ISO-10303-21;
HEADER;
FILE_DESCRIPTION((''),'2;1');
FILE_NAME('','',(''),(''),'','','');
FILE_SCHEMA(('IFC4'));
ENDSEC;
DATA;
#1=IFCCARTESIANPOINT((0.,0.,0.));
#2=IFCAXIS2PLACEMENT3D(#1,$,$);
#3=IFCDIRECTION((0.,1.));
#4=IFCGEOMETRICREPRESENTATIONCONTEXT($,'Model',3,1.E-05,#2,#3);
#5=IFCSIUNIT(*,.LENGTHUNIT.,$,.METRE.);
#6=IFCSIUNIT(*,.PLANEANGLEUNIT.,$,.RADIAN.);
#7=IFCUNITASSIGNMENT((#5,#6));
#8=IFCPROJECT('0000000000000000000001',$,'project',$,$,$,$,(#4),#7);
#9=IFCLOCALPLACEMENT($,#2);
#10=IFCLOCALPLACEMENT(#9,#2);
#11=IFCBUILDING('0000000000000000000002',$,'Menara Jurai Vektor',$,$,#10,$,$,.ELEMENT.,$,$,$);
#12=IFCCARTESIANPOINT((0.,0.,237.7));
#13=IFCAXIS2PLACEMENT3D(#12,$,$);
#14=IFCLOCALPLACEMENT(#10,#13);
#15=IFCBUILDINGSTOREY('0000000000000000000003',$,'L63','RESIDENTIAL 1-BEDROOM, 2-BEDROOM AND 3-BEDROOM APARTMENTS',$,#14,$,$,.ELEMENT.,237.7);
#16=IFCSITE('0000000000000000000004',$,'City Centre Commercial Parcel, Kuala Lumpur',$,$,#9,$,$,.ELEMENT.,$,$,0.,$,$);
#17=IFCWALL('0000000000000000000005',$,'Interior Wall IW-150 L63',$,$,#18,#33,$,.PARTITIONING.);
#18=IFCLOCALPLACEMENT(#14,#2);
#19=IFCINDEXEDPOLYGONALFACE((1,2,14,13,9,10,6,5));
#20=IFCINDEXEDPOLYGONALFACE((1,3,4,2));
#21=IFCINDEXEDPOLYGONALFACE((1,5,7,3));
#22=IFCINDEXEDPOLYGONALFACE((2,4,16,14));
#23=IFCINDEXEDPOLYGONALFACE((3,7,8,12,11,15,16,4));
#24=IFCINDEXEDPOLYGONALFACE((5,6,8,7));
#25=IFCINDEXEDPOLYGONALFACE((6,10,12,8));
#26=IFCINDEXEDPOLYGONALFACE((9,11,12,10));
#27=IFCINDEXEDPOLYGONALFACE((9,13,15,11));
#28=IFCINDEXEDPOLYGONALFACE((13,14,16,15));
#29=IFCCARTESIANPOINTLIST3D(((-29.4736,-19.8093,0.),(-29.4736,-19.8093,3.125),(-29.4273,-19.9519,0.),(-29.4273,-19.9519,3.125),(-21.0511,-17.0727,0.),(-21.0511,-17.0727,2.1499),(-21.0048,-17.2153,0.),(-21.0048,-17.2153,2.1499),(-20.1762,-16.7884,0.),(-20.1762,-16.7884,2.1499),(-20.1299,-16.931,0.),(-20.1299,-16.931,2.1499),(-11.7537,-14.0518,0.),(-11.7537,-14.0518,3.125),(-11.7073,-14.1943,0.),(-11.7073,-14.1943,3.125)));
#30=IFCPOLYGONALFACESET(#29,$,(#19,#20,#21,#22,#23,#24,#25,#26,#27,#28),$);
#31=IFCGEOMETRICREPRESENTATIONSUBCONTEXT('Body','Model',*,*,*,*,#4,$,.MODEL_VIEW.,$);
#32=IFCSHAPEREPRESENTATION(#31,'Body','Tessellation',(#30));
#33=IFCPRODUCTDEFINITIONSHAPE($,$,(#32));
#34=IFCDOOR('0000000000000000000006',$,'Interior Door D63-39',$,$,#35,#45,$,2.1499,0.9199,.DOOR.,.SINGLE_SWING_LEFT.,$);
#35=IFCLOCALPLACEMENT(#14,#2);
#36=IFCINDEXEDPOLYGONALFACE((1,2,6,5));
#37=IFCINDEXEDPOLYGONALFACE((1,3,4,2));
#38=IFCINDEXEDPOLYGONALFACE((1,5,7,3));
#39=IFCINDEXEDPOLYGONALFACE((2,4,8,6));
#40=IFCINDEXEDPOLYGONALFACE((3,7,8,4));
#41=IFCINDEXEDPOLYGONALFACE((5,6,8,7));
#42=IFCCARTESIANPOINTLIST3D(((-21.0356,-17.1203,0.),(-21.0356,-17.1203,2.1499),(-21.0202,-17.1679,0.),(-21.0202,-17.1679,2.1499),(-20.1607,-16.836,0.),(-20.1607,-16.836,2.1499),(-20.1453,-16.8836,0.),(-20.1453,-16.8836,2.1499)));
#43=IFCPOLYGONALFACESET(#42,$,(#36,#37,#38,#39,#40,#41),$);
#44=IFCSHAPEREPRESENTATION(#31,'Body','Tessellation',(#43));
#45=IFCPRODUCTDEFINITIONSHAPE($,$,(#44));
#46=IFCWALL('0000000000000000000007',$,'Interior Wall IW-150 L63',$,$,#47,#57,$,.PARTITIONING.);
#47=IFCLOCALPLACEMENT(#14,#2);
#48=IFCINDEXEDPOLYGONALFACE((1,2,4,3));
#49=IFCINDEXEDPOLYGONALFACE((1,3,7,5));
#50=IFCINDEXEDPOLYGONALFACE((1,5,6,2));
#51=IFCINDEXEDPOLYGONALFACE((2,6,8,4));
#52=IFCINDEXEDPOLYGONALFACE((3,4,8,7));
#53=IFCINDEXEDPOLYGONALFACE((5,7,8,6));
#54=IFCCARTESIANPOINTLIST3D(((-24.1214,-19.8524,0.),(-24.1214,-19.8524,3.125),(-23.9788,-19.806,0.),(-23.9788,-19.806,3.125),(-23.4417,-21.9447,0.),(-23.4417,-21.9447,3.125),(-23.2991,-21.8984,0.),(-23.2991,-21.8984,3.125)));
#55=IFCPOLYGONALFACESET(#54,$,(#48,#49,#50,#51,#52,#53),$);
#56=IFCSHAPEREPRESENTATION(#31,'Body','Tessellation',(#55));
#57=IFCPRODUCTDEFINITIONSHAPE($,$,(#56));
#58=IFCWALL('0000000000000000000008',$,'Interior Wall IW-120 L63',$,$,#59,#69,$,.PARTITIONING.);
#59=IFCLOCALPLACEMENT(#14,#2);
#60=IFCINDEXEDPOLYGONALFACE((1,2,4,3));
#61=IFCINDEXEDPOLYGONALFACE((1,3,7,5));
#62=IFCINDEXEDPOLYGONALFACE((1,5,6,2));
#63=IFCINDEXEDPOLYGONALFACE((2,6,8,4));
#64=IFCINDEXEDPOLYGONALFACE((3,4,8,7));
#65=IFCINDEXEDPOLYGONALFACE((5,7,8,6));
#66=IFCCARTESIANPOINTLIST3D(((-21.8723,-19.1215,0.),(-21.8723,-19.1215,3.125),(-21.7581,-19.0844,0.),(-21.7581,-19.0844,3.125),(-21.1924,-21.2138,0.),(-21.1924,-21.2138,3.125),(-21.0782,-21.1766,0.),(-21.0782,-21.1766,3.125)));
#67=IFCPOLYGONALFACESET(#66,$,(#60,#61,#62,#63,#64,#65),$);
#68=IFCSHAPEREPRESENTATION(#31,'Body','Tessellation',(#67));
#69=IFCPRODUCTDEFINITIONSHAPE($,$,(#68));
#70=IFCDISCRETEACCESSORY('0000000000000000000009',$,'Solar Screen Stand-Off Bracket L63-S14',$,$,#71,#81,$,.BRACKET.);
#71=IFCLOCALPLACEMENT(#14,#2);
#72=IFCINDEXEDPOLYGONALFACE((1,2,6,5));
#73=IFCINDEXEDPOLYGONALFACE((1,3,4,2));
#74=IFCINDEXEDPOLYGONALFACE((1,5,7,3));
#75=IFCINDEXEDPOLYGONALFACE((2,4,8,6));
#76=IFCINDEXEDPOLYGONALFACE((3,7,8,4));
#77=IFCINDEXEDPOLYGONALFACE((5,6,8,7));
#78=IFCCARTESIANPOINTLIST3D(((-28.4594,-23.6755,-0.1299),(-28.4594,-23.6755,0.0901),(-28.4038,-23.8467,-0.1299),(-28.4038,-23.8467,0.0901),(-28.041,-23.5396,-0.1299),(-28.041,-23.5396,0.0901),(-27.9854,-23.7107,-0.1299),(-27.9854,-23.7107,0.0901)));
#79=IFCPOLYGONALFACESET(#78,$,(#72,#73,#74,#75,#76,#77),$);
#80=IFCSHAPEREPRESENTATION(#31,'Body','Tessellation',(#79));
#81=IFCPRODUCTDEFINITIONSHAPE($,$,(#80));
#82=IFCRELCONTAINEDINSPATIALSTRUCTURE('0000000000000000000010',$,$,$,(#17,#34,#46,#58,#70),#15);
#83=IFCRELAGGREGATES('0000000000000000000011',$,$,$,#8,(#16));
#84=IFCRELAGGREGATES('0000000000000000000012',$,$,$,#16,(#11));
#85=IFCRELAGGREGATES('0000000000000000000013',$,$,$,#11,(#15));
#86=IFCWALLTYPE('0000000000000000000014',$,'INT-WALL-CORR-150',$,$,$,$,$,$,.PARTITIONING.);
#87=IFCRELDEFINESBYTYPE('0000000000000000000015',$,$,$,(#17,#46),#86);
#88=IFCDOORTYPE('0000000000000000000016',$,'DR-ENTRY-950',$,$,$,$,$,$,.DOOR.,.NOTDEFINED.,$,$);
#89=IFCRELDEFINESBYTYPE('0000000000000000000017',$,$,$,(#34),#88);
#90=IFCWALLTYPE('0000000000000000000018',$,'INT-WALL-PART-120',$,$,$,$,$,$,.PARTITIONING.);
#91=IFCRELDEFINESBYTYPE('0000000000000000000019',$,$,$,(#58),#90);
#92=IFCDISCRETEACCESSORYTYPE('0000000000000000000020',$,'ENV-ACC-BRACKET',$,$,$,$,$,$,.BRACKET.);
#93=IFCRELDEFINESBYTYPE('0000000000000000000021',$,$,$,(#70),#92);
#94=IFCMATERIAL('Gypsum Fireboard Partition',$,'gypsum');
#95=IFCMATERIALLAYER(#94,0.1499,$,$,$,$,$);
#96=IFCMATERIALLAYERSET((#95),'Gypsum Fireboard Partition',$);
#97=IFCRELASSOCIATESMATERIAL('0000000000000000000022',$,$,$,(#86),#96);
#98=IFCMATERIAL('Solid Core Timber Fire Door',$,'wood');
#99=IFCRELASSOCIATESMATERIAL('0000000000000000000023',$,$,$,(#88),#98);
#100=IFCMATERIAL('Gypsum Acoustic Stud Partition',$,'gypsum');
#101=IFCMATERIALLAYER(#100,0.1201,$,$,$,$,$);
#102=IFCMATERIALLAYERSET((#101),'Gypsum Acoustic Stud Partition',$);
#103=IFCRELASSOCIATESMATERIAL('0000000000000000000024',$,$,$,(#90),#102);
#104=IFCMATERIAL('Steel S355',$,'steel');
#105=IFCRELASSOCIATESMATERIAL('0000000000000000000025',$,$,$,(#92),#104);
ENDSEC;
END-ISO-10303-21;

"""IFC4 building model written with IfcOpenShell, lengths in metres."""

from ifc_helpers import new_model, si_unit, direction, frame, frame_2d, origin, origin_2d, place, context, subcontext, project, spatial, rectangle, extrude, material, layer, layer_set, type_object, element, fill, save


model = new_model("IFC4")

# Units and contexts
model_context = context("Model", 3, precision=1e-05, world=origin(), true_north=direction((0.0, 1.0)))
body_context = subcontext(model_context, "Body", "Model", "MODEL_VIEW")
ifc_project = project(units=[si_unit("LENGTHUNIT", "METRE"), si_unit("PLANEANGLEUNIT", "RADIAN")], contexts=[model_context])

# Site, building, storey
site_placement = place(None, origin())
site = spatial("IfcSite", under=ifc_project, at=site_placement, Name="City Centre Commercial Parcel, Kuala Lumpur", CompositionType="ELEMENT", RefElevation=0.0)
building_placement = place(site_placement, origin())
building = spatial("IfcBuilding", under=site, at=building_placement, Name="Menara Jurai Vektor", CompositionType="ELEMENT")
storey_placement = place(building_placement, frame((0.0, 0.0, 237.7)))
storey = spatial("IfcBuildingStorey", under=building, at=storey_placement, Name="L63", Description="RESIDENTIAL 1-BEDROOM, 2-BEDROOM AND 3-BEDROOM APARTMENTS", CompositionType="ELEMENT", Elevation=237.7)

# Shared definitions
ifc_material_1 = material(Name="Steel S355", Category="steel")

# Shared definitions
ifc_material_2 = material(Name="Gypsum Fireboard Partition", Category="gypsum")
ifc_layer_1 = layer(ifc_material_2, 0.1499)
ifc_layer_set_1 = layer_set([ifc_layer_1], Name="Gypsum Fireboard Partition")
wall_type_1 = type_object("IfcWallType", Name="INT-WALL-CORR-150", PredefinedType="PARTITIONING", material=ifc_layer_set_1)

# Wall, opening, door
wall_1_placement = place(storey_placement, frame((-29.4504, -19.8806, 0.0), z_axis=(0.0, 0.0, 1.0), x_axis=(0.951057, 0.309017, 0.0)))
wall_1 = element("IfcWall", 1, at=wall_1_placement, inside=storey, type_object=wall_type_1, Name="Interior Wall IW-150 L63", PredefinedType="PARTITIONING", context=body_context, shape_type="SweptSolid", body=[
    extrude(rectangle(XDim=18.6318, YDim=0.1499, at=frame_2d((9.3159, 0.0))), origin(), (0.0, 0.0, 1.0), 3.125),
])
opening_1_placement = place(wall_1_placement, frame((8.856, 0.0, 0.0)))
opening_1 = element("IfcOpeningElement", 2, at=opening_1_placement, cuts=wall_1, PredefinedType="OPENING", context=body_context, shape_type="SweptSolid", body=[
    extrude(rectangle(XDim=0.9199, YDim=2.1499, at=frame_2d((0.46, 1.075))), frame((0.0, 0.085, 0.0), z_axis=(0.0, -1.0, 0.0), x_axis=(1.0, 0.0, 0.0)), (0.0, 0.0, 1.0), 0.1699),
])
ifc_material_3 = material(Name="Solid Core Timber Fire Door", Category="wood")
door_type_1 = type_object("IfcDoorType", Name="DR-ENTRY-950", OperationType="NOTDEFINED", PredefinedType="DOOR", material=ifc_material_3)
door_1_placement = place(opening_1_placement, origin())
door_1 = element("IfcDoor", 3, at=door_1_placement, inside=storey, type_object=door_type_1, Name="Interior Door D63-39", OperationType="SINGLE_SWING_LEFT", OverallHeight=2.1499, OverallWidth=0.9199, PredefinedType="DOOR", context=body_context, shape_type="SweptSolid", body=[
    extrude(rectangle(XDim=0.9199, YDim=2.1499, at=frame_2d((0.46, 1.075))), frame((0.0, 0.0249, 0.0), z_axis=(0.0, -1.0, 0.0), x_axis=(1.0, 0.0, 0.0)), (0.0, 0.0, 1.0), 0.05),
])
fill(opening_1, door_1)

# Wall
wall_2_placement = place(storey_placement, frame((-23.3704, -21.9216, 0.0), z_axis=(0.0, 0.0, 1.0), x_axis=(-0.308961, 0.951075, 0.0)))
element("IfcWall", 4, at=wall_2_placement, inside=storey, type_object=wall_type_1, Name="Interior Wall IW-150 L63", PredefinedType="PARTITIONING", context=body_context, shape_type="SweptSolid", body=[
    extrude(rectangle(XDim=2.2, YDim=0.1499, at=frame_2d((1.1001, 0.0))), origin(), (0.0, 0.0, 1.0), 3.125),
])

# Wall
ifc_material_4 = material(Name="Gypsum Acoustic Stud Partition", Category="gypsum")
ifc_layer_2 = layer(ifc_material_4, 0.1201)
ifc_layer_set_2 = layer_set([ifc_layer_2], Name="Gypsum Acoustic Stud Partition")
wall_type_2 = type_object("IfcWallType", Name="INT-WALL-PART-120", PredefinedType="PARTITIONING", material=ifc_layer_set_2)
wall_3_placement = place(storey_placement, frame((-21.1353, -21.1953, 0.0), z_axis=(0.0, 0.0, 1.0), x_axis=(-0.309061, 0.951042, 0.0)))
element("IfcWall", 5, at=wall_3_placement, inside=storey, type_object=wall_type_2, Name="Interior Wall IW-120 L63", PredefinedType="PARTITIONING", context=body_context, shape_type="SweptSolid", body=[
    extrude(rectangle(XDim=2.2, YDim=0.1201, at=frame_2d((1.1001, 0.0))), origin(), (0.0, 0.0, 1.0), 3.125),
])

# Discrete accessory
discrete_accessory_type = type_object("IfcDiscreteAccessoryType", Name="ENV-ACC-BRACKET", PredefinedType="BRACKET", material=ifc_material_1)
discrete_accessory_placement = place(storey_placement, frame((-28.2224, -23.6931, -0.1299), z_axis=(0.0, 0.0, 1.0), x_axis=(0.309017, -0.951057, 0.0)))
element("IfcDiscreteAccessory", 6, at=discrete_accessory_placement, inside=storey, type_object=discrete_accessory_type, Name="Solar Screen Stand-Off Bracket L63-S14", PredefinedType="BRACKET", context=body_context, shape_type="SweptSolid", body=[
    extrude(rectangle(XDim=0.1799, YDim=0.4399, at=origin_2d()), origin(), (0.0, 0.0, 1.0), 0.22),
])

save(model, "model.ifc")
